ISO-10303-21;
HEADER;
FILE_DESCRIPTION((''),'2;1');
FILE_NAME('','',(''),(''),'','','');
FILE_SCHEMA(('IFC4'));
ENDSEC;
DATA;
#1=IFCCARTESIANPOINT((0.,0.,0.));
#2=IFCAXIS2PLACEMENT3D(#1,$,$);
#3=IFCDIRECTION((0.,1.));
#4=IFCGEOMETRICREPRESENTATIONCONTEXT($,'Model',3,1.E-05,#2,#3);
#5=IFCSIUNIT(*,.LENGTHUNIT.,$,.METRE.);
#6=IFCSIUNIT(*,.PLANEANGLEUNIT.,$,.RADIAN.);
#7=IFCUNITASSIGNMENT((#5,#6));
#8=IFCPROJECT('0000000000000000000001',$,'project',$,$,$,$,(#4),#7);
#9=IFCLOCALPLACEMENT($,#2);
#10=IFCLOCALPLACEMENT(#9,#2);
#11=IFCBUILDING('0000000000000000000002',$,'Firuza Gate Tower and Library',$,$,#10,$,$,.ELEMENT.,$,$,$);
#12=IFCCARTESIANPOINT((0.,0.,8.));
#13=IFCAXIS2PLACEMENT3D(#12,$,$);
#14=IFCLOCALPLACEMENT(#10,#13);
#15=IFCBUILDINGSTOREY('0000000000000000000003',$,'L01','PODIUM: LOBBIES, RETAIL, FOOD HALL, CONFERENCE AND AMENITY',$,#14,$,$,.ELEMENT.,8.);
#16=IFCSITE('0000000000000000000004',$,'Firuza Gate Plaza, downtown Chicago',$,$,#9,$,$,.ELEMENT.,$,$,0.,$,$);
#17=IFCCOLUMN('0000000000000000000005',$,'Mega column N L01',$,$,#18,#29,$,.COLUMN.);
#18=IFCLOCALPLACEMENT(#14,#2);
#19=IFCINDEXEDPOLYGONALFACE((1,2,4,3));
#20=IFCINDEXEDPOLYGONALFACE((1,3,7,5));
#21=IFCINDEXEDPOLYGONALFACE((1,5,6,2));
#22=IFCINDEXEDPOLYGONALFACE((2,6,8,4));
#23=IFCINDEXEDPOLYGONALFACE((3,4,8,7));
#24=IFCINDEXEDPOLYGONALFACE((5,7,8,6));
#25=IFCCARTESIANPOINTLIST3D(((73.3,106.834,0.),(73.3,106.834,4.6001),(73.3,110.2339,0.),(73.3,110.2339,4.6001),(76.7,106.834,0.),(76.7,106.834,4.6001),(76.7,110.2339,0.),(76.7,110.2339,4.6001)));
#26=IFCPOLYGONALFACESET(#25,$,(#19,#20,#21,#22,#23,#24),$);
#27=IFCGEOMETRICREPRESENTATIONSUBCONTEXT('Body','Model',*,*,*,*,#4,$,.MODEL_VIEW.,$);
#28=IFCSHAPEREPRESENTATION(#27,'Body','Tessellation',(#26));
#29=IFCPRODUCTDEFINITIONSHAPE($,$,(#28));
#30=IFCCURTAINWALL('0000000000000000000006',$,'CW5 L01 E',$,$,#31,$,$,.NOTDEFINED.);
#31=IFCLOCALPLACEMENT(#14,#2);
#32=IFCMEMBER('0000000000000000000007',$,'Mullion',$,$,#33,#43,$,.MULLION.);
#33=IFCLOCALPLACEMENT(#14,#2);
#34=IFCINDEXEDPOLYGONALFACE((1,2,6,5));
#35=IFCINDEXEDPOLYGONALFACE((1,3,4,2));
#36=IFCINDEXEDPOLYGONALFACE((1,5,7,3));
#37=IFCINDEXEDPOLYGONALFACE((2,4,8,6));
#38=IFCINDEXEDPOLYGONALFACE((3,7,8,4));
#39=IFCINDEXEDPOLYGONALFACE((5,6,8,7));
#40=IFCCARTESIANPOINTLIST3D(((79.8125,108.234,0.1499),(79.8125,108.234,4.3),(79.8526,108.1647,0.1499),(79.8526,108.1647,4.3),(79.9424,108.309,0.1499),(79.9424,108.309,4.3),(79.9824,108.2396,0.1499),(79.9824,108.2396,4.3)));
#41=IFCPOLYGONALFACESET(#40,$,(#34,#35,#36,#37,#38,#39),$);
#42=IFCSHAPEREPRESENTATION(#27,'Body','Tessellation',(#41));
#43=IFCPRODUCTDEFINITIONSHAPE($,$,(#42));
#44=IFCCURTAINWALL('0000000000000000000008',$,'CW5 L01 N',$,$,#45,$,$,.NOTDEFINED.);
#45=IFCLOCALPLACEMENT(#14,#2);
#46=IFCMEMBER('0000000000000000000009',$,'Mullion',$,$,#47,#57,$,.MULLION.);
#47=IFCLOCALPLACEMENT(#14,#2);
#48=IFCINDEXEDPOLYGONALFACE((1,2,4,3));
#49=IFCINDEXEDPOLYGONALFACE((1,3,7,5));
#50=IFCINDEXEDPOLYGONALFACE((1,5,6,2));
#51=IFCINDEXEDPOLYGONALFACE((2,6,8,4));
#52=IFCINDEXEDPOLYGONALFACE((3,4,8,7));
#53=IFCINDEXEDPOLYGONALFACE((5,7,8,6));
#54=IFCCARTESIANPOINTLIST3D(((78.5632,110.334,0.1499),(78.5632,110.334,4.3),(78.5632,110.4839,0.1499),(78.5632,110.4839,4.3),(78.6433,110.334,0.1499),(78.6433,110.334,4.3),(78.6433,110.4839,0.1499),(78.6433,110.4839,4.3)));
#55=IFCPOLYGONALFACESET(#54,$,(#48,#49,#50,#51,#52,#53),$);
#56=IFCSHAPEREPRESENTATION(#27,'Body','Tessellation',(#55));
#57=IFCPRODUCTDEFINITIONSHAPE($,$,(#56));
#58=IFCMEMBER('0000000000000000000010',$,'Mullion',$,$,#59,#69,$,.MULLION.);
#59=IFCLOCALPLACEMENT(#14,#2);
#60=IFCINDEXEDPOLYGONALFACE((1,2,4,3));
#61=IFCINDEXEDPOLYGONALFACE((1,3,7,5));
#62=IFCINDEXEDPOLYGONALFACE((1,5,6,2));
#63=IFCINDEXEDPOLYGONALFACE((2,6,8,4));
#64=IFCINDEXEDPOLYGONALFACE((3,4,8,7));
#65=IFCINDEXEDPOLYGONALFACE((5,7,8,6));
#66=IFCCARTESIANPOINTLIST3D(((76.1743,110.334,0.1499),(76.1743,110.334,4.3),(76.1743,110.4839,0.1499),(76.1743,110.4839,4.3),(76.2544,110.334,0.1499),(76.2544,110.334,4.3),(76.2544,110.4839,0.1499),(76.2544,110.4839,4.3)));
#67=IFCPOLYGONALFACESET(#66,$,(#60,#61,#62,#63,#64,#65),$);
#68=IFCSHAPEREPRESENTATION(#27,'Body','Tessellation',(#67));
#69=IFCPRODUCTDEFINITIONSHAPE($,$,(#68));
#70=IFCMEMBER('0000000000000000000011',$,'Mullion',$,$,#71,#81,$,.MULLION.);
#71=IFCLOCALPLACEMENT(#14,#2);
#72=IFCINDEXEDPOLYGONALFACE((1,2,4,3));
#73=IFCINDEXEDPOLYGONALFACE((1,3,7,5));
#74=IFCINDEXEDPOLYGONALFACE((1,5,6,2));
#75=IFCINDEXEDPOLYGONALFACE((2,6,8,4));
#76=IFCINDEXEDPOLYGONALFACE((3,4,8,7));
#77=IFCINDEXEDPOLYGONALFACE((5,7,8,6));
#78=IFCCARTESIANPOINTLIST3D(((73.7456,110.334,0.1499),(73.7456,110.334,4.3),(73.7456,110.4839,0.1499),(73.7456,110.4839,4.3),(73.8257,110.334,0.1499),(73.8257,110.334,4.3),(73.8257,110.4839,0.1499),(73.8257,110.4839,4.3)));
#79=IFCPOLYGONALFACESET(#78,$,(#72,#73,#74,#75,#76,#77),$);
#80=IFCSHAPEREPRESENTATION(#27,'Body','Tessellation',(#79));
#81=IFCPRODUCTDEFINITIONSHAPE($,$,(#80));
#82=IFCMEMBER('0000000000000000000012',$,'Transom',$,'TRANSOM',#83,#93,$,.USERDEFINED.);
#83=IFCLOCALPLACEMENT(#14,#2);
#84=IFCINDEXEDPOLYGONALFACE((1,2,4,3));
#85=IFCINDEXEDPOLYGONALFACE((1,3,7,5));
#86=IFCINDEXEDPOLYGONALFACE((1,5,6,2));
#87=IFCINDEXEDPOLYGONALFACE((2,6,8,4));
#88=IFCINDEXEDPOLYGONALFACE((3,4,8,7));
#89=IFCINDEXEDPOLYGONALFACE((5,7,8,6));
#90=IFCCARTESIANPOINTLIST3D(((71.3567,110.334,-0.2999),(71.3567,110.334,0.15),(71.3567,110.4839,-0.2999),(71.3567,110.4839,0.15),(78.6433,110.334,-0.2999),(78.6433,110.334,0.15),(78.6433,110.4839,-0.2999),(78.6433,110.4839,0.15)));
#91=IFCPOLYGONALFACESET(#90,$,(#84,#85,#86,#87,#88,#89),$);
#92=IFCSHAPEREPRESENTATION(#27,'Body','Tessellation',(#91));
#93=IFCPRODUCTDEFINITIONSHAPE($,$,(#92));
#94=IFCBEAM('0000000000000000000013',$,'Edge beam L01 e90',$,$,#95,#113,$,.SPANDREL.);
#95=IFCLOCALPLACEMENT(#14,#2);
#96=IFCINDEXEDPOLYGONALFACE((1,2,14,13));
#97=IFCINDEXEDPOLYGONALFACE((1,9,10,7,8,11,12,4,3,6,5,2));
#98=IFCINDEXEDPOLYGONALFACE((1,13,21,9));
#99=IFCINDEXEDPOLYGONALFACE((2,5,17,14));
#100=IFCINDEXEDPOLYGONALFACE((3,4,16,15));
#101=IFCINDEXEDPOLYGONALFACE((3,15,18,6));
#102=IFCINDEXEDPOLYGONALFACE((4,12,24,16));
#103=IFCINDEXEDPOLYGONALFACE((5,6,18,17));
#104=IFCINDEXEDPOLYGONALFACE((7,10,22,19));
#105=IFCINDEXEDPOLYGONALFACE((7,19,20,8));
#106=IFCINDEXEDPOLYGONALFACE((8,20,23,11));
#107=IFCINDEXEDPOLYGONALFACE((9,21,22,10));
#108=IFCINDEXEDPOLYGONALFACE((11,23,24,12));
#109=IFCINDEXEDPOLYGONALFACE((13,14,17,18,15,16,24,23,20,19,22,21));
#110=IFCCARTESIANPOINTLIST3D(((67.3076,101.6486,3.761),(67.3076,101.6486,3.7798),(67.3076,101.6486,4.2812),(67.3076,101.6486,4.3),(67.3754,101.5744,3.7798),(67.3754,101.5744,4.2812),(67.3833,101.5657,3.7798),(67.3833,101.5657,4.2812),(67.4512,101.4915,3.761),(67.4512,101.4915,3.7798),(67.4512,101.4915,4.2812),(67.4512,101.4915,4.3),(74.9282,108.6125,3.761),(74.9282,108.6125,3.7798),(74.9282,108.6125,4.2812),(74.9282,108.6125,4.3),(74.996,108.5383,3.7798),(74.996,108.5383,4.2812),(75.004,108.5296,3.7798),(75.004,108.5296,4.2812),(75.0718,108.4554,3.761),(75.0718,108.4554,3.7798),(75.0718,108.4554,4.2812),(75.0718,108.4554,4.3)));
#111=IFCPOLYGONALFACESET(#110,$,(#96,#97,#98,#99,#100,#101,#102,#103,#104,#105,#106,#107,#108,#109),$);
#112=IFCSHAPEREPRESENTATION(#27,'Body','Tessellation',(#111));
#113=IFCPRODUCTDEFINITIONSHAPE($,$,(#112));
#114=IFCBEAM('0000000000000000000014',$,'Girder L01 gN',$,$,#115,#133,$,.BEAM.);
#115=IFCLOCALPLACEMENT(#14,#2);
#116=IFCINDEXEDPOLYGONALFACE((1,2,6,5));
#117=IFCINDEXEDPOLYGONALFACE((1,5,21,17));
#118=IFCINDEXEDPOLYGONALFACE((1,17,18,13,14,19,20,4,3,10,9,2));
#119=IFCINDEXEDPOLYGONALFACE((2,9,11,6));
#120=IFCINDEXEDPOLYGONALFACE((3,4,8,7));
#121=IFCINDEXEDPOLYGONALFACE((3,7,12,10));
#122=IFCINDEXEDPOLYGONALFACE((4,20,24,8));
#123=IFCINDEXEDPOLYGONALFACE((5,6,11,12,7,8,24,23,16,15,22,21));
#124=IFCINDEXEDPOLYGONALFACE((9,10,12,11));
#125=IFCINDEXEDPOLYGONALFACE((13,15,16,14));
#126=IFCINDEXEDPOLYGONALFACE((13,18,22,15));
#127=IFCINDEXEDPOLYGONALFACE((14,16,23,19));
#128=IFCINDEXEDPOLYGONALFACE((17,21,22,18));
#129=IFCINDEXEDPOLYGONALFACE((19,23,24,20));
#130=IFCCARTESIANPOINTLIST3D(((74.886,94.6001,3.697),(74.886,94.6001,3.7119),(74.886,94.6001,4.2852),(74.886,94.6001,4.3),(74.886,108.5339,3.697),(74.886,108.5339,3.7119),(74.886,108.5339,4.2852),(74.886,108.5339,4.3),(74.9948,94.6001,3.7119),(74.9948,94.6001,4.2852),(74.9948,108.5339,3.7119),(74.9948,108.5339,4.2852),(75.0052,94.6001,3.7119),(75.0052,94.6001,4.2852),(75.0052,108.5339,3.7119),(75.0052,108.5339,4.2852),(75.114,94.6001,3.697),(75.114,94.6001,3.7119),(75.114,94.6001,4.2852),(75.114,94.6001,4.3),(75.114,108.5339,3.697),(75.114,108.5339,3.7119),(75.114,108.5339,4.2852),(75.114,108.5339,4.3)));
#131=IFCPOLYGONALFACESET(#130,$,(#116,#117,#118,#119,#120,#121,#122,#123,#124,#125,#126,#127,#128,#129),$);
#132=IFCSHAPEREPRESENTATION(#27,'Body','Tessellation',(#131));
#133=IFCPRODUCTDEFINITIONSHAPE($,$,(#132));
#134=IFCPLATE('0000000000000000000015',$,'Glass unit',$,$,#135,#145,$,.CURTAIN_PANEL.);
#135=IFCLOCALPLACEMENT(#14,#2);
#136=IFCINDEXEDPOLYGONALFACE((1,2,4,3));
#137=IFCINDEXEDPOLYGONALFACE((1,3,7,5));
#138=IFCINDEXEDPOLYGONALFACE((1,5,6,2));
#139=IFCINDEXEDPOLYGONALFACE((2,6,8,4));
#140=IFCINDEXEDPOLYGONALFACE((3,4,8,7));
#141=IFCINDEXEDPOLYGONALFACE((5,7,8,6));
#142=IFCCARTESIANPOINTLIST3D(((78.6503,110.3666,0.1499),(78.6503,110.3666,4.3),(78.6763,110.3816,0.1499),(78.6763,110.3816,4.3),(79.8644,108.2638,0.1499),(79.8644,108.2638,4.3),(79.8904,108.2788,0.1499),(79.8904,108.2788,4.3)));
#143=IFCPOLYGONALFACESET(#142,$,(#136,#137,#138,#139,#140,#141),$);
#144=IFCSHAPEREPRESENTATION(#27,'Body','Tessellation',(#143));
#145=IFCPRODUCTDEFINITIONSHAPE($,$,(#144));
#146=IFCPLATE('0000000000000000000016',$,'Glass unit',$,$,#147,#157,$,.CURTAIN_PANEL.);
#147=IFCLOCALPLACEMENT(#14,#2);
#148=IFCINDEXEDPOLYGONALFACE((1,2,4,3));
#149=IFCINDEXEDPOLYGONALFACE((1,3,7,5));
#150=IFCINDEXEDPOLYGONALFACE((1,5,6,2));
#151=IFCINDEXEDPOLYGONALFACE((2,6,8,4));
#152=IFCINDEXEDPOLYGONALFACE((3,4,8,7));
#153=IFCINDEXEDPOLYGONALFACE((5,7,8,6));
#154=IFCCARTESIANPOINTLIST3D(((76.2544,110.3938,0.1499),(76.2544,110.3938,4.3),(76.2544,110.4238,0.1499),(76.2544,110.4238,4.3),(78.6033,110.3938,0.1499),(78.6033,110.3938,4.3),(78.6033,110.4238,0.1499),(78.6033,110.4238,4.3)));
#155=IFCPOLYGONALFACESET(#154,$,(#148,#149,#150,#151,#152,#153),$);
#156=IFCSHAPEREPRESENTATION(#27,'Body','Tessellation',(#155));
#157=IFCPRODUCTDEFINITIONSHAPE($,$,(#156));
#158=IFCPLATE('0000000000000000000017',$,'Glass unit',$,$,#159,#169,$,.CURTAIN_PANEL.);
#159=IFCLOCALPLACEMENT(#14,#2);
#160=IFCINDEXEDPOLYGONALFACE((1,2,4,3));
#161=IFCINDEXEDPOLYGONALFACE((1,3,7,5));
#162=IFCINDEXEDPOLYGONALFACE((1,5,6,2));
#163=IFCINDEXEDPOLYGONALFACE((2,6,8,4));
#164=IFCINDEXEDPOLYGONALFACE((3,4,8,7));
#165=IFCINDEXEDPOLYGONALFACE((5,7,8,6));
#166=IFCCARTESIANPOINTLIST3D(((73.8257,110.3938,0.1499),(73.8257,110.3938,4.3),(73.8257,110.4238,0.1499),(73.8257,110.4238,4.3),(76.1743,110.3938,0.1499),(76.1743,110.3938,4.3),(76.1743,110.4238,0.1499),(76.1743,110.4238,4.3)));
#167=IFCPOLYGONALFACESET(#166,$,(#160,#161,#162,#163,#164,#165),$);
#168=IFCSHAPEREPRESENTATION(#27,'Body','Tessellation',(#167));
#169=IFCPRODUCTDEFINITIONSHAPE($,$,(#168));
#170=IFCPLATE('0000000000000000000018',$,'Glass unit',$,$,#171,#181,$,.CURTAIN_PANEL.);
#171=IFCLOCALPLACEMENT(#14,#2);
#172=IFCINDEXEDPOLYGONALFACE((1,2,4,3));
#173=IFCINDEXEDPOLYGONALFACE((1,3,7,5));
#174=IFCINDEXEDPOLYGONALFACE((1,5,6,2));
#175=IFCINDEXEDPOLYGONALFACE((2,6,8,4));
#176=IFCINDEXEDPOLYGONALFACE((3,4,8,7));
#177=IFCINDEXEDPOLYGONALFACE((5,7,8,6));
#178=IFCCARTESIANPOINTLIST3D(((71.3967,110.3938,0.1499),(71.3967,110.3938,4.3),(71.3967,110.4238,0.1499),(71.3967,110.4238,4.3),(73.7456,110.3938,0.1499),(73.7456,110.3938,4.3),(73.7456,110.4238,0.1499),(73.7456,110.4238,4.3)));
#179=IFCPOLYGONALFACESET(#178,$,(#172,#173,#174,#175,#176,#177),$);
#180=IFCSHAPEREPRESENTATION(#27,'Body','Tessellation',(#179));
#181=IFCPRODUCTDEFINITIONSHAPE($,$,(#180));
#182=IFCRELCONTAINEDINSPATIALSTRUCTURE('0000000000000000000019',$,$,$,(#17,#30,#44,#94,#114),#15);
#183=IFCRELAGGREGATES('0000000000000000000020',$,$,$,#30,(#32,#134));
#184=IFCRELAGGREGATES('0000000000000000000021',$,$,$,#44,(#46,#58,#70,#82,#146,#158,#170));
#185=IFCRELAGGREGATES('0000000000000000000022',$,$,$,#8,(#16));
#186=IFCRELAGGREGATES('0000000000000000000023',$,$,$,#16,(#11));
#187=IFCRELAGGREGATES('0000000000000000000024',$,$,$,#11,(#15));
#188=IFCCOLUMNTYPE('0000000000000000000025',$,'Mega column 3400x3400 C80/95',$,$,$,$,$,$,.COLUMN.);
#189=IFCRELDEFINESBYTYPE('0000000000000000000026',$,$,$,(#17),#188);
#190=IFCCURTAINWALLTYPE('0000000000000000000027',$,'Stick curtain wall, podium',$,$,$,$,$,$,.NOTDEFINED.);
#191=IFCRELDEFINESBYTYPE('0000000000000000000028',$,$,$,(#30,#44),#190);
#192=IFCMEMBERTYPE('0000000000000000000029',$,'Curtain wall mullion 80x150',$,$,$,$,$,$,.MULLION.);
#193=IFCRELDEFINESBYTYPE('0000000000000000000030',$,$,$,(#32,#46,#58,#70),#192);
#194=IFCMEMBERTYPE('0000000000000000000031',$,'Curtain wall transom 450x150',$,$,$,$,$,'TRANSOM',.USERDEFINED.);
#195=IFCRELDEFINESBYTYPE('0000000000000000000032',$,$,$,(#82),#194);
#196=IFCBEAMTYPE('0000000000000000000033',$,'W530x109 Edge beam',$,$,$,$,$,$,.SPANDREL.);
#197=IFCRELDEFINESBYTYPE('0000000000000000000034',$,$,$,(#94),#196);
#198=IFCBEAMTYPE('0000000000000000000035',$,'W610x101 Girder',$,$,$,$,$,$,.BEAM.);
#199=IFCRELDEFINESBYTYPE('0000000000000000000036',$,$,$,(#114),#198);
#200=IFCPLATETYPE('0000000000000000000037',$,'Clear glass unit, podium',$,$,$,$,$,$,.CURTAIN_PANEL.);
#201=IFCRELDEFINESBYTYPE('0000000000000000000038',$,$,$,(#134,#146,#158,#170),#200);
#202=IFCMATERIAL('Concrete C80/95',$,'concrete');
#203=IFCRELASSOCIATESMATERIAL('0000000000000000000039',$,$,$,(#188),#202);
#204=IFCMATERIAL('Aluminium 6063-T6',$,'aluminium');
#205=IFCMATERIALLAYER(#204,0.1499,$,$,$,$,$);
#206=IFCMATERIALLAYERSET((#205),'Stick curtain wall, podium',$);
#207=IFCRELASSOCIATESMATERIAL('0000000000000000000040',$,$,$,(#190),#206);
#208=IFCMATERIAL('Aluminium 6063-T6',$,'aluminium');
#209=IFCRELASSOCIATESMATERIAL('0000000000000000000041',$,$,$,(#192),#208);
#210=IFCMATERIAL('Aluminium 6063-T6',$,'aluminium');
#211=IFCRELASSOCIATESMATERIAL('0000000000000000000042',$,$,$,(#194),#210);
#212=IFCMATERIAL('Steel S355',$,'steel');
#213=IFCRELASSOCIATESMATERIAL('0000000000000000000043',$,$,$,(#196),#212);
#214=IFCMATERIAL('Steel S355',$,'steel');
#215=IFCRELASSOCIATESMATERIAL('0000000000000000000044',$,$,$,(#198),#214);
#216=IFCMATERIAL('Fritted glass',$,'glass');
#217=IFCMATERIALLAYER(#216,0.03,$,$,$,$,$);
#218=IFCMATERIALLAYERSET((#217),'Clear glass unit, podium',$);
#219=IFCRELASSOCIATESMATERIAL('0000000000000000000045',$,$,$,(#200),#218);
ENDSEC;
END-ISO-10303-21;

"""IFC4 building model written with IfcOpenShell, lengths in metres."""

from ifc_helpers import new_model, si_unit, direction, frame, origin, origin_2d, place, context, subcontext, project, spatial, polyline, rectangle, i_section, outline, extrude, material, layer, layer_set, material_profile, profile_set, type_object, element, aggregate, save


model = new_model("IFC4")

# Units and contexts
model_context = context("Model", 3, precision=1e-05, world=origin(), true_north=direction((0.0, 1.0)))
body_context = subcontext(model_context, "Body", "Model", "MODEL_VIEW")
ifc_project = project(units=[si_unit("LENGTHUNIT", "METRE"), si_unit("PLANEANGLEUNIT", "RADIAN")], contexts=[model_context])

# Site, building, storey
site_placement = place(None, origin())
site = spatial("IfcSite", under=ifc_project, at=site_placement, Name="Firuza Gate Plaza, downtown Chicago", CompositionType="ELEMENT", RefElevation=0.0)
building_placement = place(site_placement, origin())
building = spatial("IfcBuilding", under=site, at=building_placement, Name="Firuza Gate Tower and Library", CompositionType="ELEMENT")
storey_placement = place(building_placement, frame((0.0, 0.0, 8.0)))
storey = spatial("IfcBuildingStorey", under=building, at=storey_placement, Name="L01", Description="PODIUM: LOBBIES, RETAIL, FOOD HALL, CONFERENCE AND AMENITY", CompositionType="ELEMENT", Elevation=8.0)

# Column
ifc_material_1 = material(Name="Concrete C80/95", Category="concrete")
ifc_material_profile_1 = material_profile(ifc_material_1, rectangle(XDim=3.3999, YDim=3.3999, at=origin_2d()))
ifc_profile_set_1 = profile_set([ifc_material_profile_1], Name="Concrete C80/95")
column_type = type_object("IfcColumnType", Name="Mega column 3400x3400 C80/95", PredefinedType="COLUMN", material=ifc_profile_set_1)
column_placement = place(storey_placement, frame((75.0, 108.5339, 0.0), z_axis=(0.0, 0.0, 1.0), x_axis=(-1.0, 0.0, 0.0)))
element("IfcColumn", 1, at=column_placement, inside=storey, type_object=column_type, Name="Mega column N L01", PredefinedType="COLUMN", context=body_context, shape_type="SweptSolid", body=[
    extrude(rectangle(XDim=3.3999, YDim=3.3999, at=origin_2d()), origin(), (0.0, 0.0, 1.0), 4.6001),
])

# Curtain wall, member
ifc_material_2 = material(Name="Aluminium 6063-T6", Category="aluminium")
ifc_layer_1 = layer(ifc_material_2, 0.1499)
ifc_layer_set_1 = layer_set([ifc_layer_1], Name="Stick curtain wall, podium")
curtain_wall_type = type_object("IfcCurtainWallType", Name="Stick curtain wall, podium", PredefinedType="NOTDEFINED", material=ifc_layer_set_1)
placement = place(storey_placement, origin())
curtain_wall_1 = element("IfcCurtainWall", 2, at=placement, inside=storey, type_object=curtain_wall_type, Name="CW5 L01 E", PredefinedType="NOTDEFINED")
ifc_material_3 = material(Name="Aluminium 6063-T6", Category="aluminium")
ifc_material_profile_2 = material_profile(ifc_material_3, rectangle(XDim=0.1499, YDim=0.0801, at=origin_2d()))
ifc_profile_set_2 = profile_set([ifc_material_profile_2], Name="Aluminium 6063-T6")
member_type_1 = type_object("IfcMemberType", Name="Curtain wall mullion 80x150", PredefinedType="MULLION", material=ifc_profile_set_2)
member_1_placement = place(storey_placement, frame((79.8975, 108.2368, 0.1499), z_axis=(0.0, 0.0, 1.0), x_axis=(-0.866025, -0.5, 0.0)))
member_1 = element("IfcMember", 3, at=member_1_placement, type_object=member_type_1, Name="Mullion", PredefinedType="MULLION", context=body_context, shape_type="SweptSolid", body=[
    extrude(rectangle(XDim=0.1499, YDim=0.0801, at=origin_2d()), origin(), (0.0, 0.0, 1.0), 4.1501),
])

# Curtain wall, members
curtain_wall_2 = element("IfcCurtainWall", 4, at=placement, inside=storey, type_object=curtain_wall_type, Name="CW5 L01 N", PredefinedType="NOTDEFINED")
member_2_placement = place(storey_placement, frame((78.6033, 110.4089, 0.1499), z_axis=(0.0, 0.0, 1.0), x_axis=(0.0, -1.0, 0.0)))
member_2 = element("IfcMember", 5, at=member_2_placement, type_object=member_type_1, Name="Mullion", PredefinedType="MULLION", context=body_context, shape_type="SweptSolid", body=[
    extrude(rectangle(XDim=0.1499, YDim=0.0801, at=origin_2d()), origin(), (0.0, 0.0, 1.0), 4.1501),
])
member_3_placement = place(storey_placement, frame((76.2144, 110.4089, 0.1499), z_axis=(0.0, 0.0, 1.0), x_axis=(0.0, -1.0, 0.0)))
member_3 = element("IfcMember", 6, at=member_3_placement, type_object=member_type_1, Name="Mullion", PredefinedType="MULLION", context=body_context, shape_type="SweptSolid", body=[
    extrude(rectangle(XDim=0.1499, YDim=0.0801, at=origin_2d()), origin(), (0.0, 0.0, 1.0), 4.1501),
])
member_4_placement = place(storey_placement, frame((73.7856, 110.4089, 0.1499), z_axis=(0.0, 0.0, 1.0), x_axis=(0.0, -1.0, 0.0)))
member_4 = element("IfcMember", 7, at=member_4_placement, type_object=member_type_1, Name="Mullion", PredefinedType="MULLION", context=body_context, shape_type="SweptSolid", body=[
    extrude(rectangle(XDim=0.1499, YDim=0.0801, at=origin_2d()), origin(), (0.0, 0.0, 1.0), 4.1501),
])
ifc_material_4 = material(Name="Aluminium 6063-T6", Category="aluminium")
ifc_material_profile_3 = material_profile(ifc_material_4, rectangle(XDim=0.1499, YDim=0.45, at=origin_2d()))
ifc_profile_set_3 = profile_set([ifc_material_profile_3], Name="Aluminium 6063-T6")
member_type_2 = type_object("IfcMemberType", Name="Curtain wall transom 450x150", ElementType="TRANSOM", PredefinedType="USERDEFINED", material=ifc_profile_set_3)
member_5_placement = place(storey_placement, frame((78.6433, 110.4089, -0.075), z_axis=(-1.0, 0.0, 0.0), x_axis=(0.0, -1.0, 0.0)))
member_5 = element("IfcMember", 8, at=member_5_placement, type_object=member_type_2, Name="Transom", ObjectType="TRANSOM", PredefinedType="USERDEFINED", context=body_context, shape_type="SweptSolid", body=[
    extrude(rectangle(XDim=0.1499, YDim=0.45, at=origin_2d()), origin(), (0.0, 0.0, 1.0), 7.2866),
])

# Beams
ifc_material_5 = material(Name="Steel S355", Category="steel")
ifc_material_profile_4 = material_profile(ifc_material_5, i_section(OverallWidth=0.2129, OverallDepth=0.5391, WebThickness=0.0117, FlangeThickness=0.0188, at=origin_2d()))
ifc_profile_set_4 = profile_set([ifc_material_profile_4], Name="Steel S355")
beam_type_1 = type_object("IfcBeamType", Name="W530x109 Edge beam", PredefinedType="SPANDREL", material=ifc_profile_set_4)
beam_1_placement = place(storey_placement, frame((75.0, 108.5339, 4.0305), z_axis=(-0.7382, -0.674582, 0.0), x_axis=(0.674582, -0.7382, 0.0)))
element("IfcBeam", 9, at=beam_1_placement, inside=storey, type_object=beam_type_1, Name="Edge beam L01 e90", PredefinedType="SPANDREL", context=body_context, shape_type="SweptSolid", body=[
    extrude(i_section(OverallWidth=0.2129, OverallDepth=0.5391, WebThickness=0.0117, FlangeThickness=0.0188, at=origin_2d()), origin(), (0.0, 0.0, 1.0), 10.3232),
])
ifc_material_6 = material(Name="Steel S355", Category="steel")
ifc_material_profile_5 = material_profile(ifc_material_6, i_section(OverallWidth=0.228, OverallDepth=0.603, WebThickness=0.0105, FlangeThickness=0.0149, at=origin_2d()))
ifc_profile_set_5 = profile_set([ifc_material_profile_5], Name="Steel S355")
beam_type_2 = type_object("IfcBeamType", Name="W610x101 Girder", PredefinedType="BEAM", material=ifc_profile_set_5)
beam_2_placement = place(storey_placement, frame((75.0, 108.5339, 3.9985), z_axis=(0.0, -1.0, 0.0), x_axis=(1.0, 0.0, 0.0)))
element("IfcBeam", 10, at=beam_2_placement, inside=storey, type_object=beam_type_2, Name="Girder L01 gN", PredefinedType="BEAM", context=body_context, shape_type="SweptSolid", body=[
    extrude(i_section(OverallWidth=0.228, OverallDepth=0.603, WebThickness=0.0105, FlangeThickness=0.0149, at=origin_2d()), origin(), (0.0, 0.0, 1.0), 13.9338),
])

# Plates
ifc_material_7 = material(Name="Fritted glass", Category="glass")
ifc_layer_2 = layer(ifc_material_7, 0.03)
ifc_layer_set_2 = layer_set([ifc_layer_2], Name="Clear glass unit, podium")
plate_type = type_object("IfcPlateType", Name="Clear glass unit, podium", PredefinedType="CURTAIN_PANEL", material=ifc_layer_set_2)
plate_1_placement = place(storey_placement, frame((79.8904, 108.2788, 0.1499), z_axis=(0.866013, 0.500021, 0.0), x_axis=(-0.500021, 0.866013, 0.0)))
plate_1 = element("IfcPlate", 11, at=plate_1_placement, type_object=plate_type, Name="Glass unit", PredefinedType="CURTAIN_PANEL", context=body_context, shape_type="SweptSolid", body=[
    extrude(outline(polyline([(0.0, 0.0), (2.4281, 0.0), (2.4281, 4.1501), (0.0, 4.1501), (0.0, 0.0)])), origin(), (0.0, 0.0, -1.0), 0.03),
])
aggregate(curtain_wall_1, [member_1, plate_1])
plate_2_placement = place(storey_placement, frame((78.6033, 110.4238, 0.1499), z_axis=(0.0, 1.0, 0.0), x_axis=(-1.0, 0.0, 0.0)))
plate_2 = element("IfcPlate", 12, at=plate_2_placement, type_object=plate_type, Name="Glass unit", PredefinedType="CURTAIN_PANEL", context=body_context, shape_type="SweptSolid", body=[
    extrude(outline(polyline([(0.0, 0.0), (2.3489, 0.0), (2.3489, 4.1501), (0.0, 4.1501), (0.0, 0.0)])), origin(), (0.0, 0.0, -1.0), 0.03),
])
plate_3_placement = place(storey_placement, frame((76.1743, 110.4238, 0.1499), z_axis=(0.0, 1.0, 0.0), x_axis=(-1.0, 0.0, 0.0)))
plate_3 = element("IfcPlate", 13, at=plate_3_placement, type_object=plate_type, Name="Glass unit", PredefinedType="CURTAIN_PANEL", context=body_context, shape_type="SweptSolid", body=[
    extrude(outline(polyline([(0.0, 0.0), (2.3486, 0.0), (2.3486, 4.1501), (0.0, 4.1501), (0.0, 0.0)])), origin(), (0.0, 0.0, -1.0), 0.03),
])
plate_4_placement = place(storey_placement, frame((73.7456, 110.4238, 0.1499), z_axis=(0.0, 1.0, 0.0), x_axis=(-1.0, 0.0, 0.0)))
plate_4 = element("IfcPlate", 14, at=plate_4_placement, type_object=plate_type, Name="Glass unit", PredefinedType="CURTAIN_PANEL", context=body_context, shape_type="SweptSolid", body=[
    extrude(outline(polyline([(0.0, 0.0), (2.3489, 0.0), (2.3489, 4.1501), (0.0, 4.1501), (0.0, 0.0)])), origin(), (0.0, 0.0, -1.0), 0.03),
])
aggregate(curtain_wall_2, [member_2, member_3, member_4, member_5, plate_2, plate_3, plate_4])

save(model, "model.ifc")
